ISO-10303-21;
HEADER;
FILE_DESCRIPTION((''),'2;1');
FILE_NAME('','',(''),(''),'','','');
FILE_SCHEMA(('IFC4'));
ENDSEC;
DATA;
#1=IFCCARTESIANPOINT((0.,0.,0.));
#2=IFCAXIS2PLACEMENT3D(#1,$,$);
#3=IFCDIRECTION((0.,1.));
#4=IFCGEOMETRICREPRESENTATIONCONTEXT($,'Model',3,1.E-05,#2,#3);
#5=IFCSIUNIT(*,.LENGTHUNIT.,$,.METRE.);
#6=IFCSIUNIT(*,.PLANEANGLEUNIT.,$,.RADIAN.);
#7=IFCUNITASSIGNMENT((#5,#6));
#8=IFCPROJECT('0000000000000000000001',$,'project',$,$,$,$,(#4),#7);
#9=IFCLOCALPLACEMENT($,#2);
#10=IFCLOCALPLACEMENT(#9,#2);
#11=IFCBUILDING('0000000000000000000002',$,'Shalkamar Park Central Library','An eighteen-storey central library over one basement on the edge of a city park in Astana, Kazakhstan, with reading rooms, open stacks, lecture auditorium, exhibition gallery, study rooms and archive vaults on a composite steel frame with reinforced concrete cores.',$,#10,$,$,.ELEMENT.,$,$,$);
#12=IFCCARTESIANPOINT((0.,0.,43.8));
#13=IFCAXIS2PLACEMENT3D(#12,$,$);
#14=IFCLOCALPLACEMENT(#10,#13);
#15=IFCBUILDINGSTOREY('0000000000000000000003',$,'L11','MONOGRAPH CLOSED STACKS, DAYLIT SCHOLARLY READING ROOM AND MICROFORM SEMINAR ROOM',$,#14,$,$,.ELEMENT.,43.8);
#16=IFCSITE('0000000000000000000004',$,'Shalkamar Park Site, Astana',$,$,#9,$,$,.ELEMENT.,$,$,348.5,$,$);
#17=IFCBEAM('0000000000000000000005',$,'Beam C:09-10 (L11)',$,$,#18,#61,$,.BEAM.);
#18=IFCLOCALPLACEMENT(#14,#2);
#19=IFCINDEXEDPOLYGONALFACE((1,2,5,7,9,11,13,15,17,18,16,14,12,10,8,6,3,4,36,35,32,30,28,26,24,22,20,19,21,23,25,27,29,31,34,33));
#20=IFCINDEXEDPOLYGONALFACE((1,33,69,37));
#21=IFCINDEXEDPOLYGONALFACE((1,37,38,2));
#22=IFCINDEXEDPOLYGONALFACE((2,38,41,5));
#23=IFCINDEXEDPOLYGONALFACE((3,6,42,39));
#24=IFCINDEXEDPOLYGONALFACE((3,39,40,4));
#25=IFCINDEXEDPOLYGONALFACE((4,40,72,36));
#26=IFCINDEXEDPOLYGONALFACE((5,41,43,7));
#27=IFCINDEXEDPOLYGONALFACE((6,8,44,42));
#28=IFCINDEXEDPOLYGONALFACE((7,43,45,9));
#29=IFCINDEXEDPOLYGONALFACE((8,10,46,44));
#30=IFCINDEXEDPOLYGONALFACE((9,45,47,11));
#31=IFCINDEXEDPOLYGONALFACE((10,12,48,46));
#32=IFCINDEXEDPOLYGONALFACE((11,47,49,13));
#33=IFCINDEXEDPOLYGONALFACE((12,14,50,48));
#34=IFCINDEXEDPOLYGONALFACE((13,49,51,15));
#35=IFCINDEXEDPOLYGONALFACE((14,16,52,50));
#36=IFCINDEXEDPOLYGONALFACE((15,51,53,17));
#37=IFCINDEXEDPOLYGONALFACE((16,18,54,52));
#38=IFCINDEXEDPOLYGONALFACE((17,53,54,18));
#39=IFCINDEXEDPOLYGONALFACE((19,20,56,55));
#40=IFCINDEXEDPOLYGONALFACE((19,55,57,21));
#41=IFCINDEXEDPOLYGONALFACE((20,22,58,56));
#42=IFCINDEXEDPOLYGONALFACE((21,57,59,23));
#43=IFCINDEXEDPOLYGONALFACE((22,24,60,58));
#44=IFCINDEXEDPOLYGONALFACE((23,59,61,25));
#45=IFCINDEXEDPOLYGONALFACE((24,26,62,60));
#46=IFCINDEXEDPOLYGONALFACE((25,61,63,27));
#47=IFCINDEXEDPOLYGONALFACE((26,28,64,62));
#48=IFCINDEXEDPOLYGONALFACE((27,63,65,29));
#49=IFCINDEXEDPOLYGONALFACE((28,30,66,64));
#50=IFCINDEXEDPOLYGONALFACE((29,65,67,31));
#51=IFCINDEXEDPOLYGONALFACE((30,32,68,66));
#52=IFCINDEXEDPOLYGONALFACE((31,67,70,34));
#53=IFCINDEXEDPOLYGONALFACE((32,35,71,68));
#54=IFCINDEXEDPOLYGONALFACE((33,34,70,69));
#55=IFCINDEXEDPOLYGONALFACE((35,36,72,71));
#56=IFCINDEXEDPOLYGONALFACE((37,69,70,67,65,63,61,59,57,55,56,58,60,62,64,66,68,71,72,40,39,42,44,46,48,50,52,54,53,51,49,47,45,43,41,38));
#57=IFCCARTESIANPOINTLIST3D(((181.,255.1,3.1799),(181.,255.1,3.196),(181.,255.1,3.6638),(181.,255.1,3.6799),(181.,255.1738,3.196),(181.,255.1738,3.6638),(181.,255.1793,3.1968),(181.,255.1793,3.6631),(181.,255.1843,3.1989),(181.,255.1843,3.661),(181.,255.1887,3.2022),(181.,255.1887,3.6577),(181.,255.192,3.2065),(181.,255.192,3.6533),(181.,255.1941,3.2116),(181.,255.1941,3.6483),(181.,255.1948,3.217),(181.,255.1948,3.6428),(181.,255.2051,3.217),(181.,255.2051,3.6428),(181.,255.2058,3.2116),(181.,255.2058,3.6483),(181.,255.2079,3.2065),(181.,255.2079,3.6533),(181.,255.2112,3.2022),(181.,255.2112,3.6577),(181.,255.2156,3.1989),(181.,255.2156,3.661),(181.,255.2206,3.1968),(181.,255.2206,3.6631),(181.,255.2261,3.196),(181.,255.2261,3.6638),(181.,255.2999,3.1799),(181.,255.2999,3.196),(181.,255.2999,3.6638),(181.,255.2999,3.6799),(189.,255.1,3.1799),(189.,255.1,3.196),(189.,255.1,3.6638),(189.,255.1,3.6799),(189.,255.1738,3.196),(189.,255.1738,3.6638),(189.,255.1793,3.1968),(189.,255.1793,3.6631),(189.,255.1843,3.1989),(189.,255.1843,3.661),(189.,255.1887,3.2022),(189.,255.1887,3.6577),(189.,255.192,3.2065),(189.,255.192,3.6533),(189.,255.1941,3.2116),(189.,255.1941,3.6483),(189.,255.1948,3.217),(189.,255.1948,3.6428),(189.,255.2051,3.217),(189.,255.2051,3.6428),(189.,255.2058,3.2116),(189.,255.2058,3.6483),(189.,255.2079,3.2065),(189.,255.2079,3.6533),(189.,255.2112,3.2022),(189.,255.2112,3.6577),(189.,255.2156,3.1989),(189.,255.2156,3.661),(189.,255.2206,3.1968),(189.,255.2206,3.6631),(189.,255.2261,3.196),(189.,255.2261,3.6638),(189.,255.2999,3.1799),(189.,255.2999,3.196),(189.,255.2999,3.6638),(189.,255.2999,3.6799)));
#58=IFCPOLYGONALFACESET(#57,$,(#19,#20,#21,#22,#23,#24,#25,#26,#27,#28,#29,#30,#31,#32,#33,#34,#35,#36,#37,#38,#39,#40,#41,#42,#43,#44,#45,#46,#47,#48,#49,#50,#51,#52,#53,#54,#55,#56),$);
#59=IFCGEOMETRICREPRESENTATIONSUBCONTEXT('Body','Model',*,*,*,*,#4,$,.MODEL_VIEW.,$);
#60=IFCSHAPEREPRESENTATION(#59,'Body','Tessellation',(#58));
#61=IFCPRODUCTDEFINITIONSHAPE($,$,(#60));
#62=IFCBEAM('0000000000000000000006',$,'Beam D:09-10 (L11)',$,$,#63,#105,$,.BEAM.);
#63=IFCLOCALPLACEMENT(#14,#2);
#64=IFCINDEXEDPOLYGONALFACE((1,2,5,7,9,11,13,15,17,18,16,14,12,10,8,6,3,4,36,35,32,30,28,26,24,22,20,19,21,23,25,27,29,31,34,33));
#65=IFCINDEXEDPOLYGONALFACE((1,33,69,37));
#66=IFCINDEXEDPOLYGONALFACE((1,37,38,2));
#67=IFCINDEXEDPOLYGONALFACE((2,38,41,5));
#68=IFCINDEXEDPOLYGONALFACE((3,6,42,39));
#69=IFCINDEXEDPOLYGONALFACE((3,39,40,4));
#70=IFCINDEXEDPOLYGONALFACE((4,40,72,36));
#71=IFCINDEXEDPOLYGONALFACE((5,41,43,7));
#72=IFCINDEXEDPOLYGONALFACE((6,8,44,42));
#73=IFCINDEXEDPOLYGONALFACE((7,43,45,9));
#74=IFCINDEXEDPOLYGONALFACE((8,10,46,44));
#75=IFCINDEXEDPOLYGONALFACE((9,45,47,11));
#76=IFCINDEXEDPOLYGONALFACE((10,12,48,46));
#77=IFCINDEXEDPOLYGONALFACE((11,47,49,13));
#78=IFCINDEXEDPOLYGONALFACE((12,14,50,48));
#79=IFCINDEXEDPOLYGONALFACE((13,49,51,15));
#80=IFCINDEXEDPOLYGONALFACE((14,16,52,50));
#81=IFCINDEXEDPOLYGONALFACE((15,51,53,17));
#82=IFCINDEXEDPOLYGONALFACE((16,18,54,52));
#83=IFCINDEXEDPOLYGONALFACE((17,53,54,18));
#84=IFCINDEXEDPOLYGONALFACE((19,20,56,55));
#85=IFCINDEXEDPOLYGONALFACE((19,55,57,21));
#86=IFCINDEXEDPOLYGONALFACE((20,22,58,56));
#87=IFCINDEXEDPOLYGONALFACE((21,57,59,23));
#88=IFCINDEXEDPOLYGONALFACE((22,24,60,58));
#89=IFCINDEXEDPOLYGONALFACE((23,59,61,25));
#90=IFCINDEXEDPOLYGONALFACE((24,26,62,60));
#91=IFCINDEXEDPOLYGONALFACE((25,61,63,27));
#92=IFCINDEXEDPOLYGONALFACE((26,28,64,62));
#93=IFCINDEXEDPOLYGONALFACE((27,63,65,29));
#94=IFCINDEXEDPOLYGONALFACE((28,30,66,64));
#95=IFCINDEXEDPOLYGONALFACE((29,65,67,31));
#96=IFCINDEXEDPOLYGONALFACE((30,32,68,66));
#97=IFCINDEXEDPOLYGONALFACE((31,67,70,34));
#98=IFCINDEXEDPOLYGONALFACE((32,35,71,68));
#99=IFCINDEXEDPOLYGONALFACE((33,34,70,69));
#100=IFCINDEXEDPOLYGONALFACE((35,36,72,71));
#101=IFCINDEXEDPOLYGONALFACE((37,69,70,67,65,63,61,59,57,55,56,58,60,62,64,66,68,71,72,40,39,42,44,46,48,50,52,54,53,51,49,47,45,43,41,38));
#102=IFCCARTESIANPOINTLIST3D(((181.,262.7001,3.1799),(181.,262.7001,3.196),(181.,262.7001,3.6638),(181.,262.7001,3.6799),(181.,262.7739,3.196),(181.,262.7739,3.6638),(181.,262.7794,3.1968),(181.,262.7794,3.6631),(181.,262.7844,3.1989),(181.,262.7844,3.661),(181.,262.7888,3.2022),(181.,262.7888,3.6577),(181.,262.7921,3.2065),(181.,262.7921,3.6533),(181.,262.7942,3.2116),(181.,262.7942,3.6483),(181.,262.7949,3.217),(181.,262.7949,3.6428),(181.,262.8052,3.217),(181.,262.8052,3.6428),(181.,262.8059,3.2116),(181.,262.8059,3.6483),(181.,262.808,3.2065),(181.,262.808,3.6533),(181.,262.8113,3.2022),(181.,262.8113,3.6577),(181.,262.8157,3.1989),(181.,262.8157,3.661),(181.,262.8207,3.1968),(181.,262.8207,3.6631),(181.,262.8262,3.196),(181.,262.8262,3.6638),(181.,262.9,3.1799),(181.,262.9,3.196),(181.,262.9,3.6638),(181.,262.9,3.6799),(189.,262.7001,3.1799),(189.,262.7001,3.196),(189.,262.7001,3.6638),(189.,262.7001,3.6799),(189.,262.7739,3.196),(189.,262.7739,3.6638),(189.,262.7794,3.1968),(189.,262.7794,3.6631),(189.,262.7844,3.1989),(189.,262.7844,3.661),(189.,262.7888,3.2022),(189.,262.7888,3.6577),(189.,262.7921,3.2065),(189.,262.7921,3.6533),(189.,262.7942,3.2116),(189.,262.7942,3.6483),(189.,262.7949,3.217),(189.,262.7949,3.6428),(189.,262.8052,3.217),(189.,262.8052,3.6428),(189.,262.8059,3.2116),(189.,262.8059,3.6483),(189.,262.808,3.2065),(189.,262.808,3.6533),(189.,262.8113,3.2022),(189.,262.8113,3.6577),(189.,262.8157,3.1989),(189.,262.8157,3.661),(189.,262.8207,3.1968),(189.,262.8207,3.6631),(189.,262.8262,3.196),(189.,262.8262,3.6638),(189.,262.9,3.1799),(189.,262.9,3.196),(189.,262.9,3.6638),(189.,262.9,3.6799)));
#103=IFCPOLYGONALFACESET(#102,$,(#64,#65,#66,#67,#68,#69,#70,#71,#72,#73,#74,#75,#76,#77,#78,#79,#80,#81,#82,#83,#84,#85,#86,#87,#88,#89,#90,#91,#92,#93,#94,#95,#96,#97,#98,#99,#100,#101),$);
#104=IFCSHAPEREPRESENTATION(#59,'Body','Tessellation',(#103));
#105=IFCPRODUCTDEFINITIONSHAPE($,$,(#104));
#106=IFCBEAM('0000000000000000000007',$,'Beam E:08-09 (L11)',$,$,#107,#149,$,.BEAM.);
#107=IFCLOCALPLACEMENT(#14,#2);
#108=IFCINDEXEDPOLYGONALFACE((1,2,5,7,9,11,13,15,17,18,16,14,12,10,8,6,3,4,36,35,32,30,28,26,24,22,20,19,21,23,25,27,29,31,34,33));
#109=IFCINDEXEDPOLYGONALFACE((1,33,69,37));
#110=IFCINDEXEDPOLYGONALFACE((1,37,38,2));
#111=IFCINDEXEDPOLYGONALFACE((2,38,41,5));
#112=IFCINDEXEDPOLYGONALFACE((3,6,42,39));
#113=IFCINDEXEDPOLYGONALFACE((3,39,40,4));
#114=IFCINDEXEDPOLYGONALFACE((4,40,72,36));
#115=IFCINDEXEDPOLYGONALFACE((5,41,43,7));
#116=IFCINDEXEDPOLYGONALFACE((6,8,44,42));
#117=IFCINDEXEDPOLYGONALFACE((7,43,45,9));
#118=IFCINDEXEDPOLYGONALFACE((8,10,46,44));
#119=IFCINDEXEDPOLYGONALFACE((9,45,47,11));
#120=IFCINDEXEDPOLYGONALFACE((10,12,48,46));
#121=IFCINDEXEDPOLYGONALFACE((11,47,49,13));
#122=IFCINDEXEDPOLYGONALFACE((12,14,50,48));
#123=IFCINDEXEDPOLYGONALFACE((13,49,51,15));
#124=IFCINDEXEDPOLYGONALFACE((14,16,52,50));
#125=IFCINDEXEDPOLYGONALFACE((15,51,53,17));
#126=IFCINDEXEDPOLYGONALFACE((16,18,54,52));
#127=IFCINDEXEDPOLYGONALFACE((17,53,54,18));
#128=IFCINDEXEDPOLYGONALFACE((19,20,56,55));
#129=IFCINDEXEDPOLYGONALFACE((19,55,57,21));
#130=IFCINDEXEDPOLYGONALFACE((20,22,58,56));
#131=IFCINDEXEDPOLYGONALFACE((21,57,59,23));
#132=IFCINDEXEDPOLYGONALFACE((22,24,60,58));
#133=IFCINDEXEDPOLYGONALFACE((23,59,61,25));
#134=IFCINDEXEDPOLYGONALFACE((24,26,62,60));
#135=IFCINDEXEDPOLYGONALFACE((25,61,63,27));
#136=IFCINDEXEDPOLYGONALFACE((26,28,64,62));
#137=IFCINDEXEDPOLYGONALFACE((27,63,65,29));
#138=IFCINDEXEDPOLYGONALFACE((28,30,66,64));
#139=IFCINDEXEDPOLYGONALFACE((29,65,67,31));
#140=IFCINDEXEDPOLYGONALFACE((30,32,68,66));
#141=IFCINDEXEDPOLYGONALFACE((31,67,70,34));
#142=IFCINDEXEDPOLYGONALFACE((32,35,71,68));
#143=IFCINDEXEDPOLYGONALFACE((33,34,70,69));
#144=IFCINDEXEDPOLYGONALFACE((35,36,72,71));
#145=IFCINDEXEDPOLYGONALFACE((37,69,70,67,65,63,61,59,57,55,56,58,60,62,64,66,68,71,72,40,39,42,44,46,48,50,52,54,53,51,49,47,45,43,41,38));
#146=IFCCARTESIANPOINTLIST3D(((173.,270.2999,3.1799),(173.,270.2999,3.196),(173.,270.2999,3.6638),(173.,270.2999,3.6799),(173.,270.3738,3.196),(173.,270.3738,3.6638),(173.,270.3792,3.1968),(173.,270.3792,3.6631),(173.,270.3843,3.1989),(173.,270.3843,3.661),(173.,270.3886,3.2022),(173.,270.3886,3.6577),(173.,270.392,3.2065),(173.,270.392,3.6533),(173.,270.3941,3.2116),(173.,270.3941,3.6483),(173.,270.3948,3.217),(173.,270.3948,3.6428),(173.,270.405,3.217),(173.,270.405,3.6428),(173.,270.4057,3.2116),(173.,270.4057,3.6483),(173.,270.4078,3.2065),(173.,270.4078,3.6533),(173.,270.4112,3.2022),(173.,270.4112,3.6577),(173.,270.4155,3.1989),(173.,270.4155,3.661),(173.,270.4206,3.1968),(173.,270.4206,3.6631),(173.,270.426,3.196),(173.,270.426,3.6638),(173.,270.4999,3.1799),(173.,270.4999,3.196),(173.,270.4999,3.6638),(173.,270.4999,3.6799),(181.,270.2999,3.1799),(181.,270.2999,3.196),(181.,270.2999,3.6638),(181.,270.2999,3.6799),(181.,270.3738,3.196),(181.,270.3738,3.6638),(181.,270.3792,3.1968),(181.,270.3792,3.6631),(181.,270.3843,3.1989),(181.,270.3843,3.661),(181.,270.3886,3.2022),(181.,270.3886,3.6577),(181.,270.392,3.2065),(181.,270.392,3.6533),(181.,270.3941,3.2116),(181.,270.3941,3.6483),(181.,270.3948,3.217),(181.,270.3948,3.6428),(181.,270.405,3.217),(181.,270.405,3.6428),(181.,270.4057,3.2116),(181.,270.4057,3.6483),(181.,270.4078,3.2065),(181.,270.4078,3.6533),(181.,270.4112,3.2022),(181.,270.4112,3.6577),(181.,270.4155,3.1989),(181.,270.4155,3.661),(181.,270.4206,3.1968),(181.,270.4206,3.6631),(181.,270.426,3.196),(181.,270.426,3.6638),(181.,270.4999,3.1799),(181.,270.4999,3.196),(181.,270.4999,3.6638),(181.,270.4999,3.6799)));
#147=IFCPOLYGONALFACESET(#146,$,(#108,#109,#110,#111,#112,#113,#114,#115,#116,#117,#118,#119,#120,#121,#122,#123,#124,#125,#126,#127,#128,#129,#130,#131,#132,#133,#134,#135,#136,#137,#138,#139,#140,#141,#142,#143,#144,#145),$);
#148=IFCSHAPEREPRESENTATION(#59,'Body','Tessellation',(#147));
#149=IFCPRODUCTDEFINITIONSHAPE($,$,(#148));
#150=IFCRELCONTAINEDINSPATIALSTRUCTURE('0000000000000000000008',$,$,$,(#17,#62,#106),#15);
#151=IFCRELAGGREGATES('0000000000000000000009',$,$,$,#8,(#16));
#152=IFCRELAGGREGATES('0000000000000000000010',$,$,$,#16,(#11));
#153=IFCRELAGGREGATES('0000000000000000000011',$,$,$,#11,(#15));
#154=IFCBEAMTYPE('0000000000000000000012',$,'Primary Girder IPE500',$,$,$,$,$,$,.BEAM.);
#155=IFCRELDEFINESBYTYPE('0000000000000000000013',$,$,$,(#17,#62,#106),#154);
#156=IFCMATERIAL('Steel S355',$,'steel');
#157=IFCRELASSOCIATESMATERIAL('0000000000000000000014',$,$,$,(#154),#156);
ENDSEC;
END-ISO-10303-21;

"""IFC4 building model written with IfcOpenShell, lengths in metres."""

from ifc_helpers import new_model, si_unit, direction, frame, origin, origin_2d, place, context, subcontext, project, spatial, i_section, extrude, material, material_profile, profile_set, type_object, element, save


model = new_model("IFC4")

# Units and contexts
model_context = context("Model", 3, precision=1e-05, world=origin(), true_north=direction((0.0, 1.0)))
body_context = subcontext(model_context, "Body", "Model", "MODEL_VIEW")
ifc_project = project(units=[si_unit("LENGTHUNIT", "METRE"), si_unit("PLANEANGLEUNIT", "RADIAN")], contexts=[model_context])

# Site, building, storey
site_placement = place(None, origin())
site = spatial("IfcSite", under=ifc_project, at=site_placement, Name="Shalkamar Park Site, Astana", CompositionType="ELEMENT", RefElevation=348.5)
building_placement = place(site_placement, origin())
building = spatial("IfcBuilding", under=site, at=building_placement, Name="Shalkamar Park Central Library", Description="An eighteen-storey central library over one basement on the edge of a city park in Astana, Kazakhstan, with reading rooms, open stacks, lecture auditorium, exhibition gallery, study rooms and archive vaults on a composite steel frame with reinforced concrete cores.", CompositionType="ELEMENT")
storey_placement = place(building_placement, frame((0.0, 0.0, 43.8)))
storey = spatial("IfcBuildingStorey", under=building, at=storey_placement, Name="L11", Description="MONOGRAPH CLOSED STACKS, DAYLIT SCHOLARLY READING ROOM AND MICROFORM SEMINAR ROOM", CompositionType="ELEMENT", Elevation=43.8)

# Shared definitions
ifc_material_1 = material(Name="Steel S355", Category="steel")

# Beams
ifc_material_profile_1 = material_profile(ifc_material_1, i_section(OverallWidth=0.2, OverallDepth=0.5, WebThickness=0.0103, FlangeThickness=0.0161, FilletRadius=0.021, at=origin_2d()), Name="IPE 500")
ifc_profile_set_1 = profile_set([ifc_material_profile_1], Name="Steel S355")
beam_type_1 = type_object("IfcBeamType", Name="Primary Girder IPE500", PredefinedType="BEAM", material=ifc_profile_set_1)
for number, where, z_axis, x_axis, name in (
    (1, (181.0, 255.2, 3.4299), (1.0, 0.0, 0.0), (0.0, 1.0, 0.0), "Beam C:09-10 (L11)"),
    (2, (181.0, 262.8, 3.4299), (1.0, 0.0, 0.0), (0.0, 1.0, 0.0), "Beam D:09-10 (L11)"),
    (3, (173.0, 270.3999, 3.4299), (1.0, 0.0, 0.0), (0.0, 1.0, 0.0), "Beam E:08-09 (L11)"),
):
    element("IfcBeam", number, at=place(storey_placement, frame(where, z_axis=z_axis, x_axis=x_axis)), inside=storey, type_object=beam_type_1, Name=name, PredefinedType="BEAM", context=body_context, shape_type="SweptSolid", body=[
        extrude(i_section(OverallWidth=0.2, OverallDepth=0.5, WebThickness=0.0103, FlangeThickness=0.0161, FilletRadius=0.021, at=origin_2d()), origin(), (0.0, 0.0, 1.0), 8.0),
    ])

save(model, "model.ifc")
